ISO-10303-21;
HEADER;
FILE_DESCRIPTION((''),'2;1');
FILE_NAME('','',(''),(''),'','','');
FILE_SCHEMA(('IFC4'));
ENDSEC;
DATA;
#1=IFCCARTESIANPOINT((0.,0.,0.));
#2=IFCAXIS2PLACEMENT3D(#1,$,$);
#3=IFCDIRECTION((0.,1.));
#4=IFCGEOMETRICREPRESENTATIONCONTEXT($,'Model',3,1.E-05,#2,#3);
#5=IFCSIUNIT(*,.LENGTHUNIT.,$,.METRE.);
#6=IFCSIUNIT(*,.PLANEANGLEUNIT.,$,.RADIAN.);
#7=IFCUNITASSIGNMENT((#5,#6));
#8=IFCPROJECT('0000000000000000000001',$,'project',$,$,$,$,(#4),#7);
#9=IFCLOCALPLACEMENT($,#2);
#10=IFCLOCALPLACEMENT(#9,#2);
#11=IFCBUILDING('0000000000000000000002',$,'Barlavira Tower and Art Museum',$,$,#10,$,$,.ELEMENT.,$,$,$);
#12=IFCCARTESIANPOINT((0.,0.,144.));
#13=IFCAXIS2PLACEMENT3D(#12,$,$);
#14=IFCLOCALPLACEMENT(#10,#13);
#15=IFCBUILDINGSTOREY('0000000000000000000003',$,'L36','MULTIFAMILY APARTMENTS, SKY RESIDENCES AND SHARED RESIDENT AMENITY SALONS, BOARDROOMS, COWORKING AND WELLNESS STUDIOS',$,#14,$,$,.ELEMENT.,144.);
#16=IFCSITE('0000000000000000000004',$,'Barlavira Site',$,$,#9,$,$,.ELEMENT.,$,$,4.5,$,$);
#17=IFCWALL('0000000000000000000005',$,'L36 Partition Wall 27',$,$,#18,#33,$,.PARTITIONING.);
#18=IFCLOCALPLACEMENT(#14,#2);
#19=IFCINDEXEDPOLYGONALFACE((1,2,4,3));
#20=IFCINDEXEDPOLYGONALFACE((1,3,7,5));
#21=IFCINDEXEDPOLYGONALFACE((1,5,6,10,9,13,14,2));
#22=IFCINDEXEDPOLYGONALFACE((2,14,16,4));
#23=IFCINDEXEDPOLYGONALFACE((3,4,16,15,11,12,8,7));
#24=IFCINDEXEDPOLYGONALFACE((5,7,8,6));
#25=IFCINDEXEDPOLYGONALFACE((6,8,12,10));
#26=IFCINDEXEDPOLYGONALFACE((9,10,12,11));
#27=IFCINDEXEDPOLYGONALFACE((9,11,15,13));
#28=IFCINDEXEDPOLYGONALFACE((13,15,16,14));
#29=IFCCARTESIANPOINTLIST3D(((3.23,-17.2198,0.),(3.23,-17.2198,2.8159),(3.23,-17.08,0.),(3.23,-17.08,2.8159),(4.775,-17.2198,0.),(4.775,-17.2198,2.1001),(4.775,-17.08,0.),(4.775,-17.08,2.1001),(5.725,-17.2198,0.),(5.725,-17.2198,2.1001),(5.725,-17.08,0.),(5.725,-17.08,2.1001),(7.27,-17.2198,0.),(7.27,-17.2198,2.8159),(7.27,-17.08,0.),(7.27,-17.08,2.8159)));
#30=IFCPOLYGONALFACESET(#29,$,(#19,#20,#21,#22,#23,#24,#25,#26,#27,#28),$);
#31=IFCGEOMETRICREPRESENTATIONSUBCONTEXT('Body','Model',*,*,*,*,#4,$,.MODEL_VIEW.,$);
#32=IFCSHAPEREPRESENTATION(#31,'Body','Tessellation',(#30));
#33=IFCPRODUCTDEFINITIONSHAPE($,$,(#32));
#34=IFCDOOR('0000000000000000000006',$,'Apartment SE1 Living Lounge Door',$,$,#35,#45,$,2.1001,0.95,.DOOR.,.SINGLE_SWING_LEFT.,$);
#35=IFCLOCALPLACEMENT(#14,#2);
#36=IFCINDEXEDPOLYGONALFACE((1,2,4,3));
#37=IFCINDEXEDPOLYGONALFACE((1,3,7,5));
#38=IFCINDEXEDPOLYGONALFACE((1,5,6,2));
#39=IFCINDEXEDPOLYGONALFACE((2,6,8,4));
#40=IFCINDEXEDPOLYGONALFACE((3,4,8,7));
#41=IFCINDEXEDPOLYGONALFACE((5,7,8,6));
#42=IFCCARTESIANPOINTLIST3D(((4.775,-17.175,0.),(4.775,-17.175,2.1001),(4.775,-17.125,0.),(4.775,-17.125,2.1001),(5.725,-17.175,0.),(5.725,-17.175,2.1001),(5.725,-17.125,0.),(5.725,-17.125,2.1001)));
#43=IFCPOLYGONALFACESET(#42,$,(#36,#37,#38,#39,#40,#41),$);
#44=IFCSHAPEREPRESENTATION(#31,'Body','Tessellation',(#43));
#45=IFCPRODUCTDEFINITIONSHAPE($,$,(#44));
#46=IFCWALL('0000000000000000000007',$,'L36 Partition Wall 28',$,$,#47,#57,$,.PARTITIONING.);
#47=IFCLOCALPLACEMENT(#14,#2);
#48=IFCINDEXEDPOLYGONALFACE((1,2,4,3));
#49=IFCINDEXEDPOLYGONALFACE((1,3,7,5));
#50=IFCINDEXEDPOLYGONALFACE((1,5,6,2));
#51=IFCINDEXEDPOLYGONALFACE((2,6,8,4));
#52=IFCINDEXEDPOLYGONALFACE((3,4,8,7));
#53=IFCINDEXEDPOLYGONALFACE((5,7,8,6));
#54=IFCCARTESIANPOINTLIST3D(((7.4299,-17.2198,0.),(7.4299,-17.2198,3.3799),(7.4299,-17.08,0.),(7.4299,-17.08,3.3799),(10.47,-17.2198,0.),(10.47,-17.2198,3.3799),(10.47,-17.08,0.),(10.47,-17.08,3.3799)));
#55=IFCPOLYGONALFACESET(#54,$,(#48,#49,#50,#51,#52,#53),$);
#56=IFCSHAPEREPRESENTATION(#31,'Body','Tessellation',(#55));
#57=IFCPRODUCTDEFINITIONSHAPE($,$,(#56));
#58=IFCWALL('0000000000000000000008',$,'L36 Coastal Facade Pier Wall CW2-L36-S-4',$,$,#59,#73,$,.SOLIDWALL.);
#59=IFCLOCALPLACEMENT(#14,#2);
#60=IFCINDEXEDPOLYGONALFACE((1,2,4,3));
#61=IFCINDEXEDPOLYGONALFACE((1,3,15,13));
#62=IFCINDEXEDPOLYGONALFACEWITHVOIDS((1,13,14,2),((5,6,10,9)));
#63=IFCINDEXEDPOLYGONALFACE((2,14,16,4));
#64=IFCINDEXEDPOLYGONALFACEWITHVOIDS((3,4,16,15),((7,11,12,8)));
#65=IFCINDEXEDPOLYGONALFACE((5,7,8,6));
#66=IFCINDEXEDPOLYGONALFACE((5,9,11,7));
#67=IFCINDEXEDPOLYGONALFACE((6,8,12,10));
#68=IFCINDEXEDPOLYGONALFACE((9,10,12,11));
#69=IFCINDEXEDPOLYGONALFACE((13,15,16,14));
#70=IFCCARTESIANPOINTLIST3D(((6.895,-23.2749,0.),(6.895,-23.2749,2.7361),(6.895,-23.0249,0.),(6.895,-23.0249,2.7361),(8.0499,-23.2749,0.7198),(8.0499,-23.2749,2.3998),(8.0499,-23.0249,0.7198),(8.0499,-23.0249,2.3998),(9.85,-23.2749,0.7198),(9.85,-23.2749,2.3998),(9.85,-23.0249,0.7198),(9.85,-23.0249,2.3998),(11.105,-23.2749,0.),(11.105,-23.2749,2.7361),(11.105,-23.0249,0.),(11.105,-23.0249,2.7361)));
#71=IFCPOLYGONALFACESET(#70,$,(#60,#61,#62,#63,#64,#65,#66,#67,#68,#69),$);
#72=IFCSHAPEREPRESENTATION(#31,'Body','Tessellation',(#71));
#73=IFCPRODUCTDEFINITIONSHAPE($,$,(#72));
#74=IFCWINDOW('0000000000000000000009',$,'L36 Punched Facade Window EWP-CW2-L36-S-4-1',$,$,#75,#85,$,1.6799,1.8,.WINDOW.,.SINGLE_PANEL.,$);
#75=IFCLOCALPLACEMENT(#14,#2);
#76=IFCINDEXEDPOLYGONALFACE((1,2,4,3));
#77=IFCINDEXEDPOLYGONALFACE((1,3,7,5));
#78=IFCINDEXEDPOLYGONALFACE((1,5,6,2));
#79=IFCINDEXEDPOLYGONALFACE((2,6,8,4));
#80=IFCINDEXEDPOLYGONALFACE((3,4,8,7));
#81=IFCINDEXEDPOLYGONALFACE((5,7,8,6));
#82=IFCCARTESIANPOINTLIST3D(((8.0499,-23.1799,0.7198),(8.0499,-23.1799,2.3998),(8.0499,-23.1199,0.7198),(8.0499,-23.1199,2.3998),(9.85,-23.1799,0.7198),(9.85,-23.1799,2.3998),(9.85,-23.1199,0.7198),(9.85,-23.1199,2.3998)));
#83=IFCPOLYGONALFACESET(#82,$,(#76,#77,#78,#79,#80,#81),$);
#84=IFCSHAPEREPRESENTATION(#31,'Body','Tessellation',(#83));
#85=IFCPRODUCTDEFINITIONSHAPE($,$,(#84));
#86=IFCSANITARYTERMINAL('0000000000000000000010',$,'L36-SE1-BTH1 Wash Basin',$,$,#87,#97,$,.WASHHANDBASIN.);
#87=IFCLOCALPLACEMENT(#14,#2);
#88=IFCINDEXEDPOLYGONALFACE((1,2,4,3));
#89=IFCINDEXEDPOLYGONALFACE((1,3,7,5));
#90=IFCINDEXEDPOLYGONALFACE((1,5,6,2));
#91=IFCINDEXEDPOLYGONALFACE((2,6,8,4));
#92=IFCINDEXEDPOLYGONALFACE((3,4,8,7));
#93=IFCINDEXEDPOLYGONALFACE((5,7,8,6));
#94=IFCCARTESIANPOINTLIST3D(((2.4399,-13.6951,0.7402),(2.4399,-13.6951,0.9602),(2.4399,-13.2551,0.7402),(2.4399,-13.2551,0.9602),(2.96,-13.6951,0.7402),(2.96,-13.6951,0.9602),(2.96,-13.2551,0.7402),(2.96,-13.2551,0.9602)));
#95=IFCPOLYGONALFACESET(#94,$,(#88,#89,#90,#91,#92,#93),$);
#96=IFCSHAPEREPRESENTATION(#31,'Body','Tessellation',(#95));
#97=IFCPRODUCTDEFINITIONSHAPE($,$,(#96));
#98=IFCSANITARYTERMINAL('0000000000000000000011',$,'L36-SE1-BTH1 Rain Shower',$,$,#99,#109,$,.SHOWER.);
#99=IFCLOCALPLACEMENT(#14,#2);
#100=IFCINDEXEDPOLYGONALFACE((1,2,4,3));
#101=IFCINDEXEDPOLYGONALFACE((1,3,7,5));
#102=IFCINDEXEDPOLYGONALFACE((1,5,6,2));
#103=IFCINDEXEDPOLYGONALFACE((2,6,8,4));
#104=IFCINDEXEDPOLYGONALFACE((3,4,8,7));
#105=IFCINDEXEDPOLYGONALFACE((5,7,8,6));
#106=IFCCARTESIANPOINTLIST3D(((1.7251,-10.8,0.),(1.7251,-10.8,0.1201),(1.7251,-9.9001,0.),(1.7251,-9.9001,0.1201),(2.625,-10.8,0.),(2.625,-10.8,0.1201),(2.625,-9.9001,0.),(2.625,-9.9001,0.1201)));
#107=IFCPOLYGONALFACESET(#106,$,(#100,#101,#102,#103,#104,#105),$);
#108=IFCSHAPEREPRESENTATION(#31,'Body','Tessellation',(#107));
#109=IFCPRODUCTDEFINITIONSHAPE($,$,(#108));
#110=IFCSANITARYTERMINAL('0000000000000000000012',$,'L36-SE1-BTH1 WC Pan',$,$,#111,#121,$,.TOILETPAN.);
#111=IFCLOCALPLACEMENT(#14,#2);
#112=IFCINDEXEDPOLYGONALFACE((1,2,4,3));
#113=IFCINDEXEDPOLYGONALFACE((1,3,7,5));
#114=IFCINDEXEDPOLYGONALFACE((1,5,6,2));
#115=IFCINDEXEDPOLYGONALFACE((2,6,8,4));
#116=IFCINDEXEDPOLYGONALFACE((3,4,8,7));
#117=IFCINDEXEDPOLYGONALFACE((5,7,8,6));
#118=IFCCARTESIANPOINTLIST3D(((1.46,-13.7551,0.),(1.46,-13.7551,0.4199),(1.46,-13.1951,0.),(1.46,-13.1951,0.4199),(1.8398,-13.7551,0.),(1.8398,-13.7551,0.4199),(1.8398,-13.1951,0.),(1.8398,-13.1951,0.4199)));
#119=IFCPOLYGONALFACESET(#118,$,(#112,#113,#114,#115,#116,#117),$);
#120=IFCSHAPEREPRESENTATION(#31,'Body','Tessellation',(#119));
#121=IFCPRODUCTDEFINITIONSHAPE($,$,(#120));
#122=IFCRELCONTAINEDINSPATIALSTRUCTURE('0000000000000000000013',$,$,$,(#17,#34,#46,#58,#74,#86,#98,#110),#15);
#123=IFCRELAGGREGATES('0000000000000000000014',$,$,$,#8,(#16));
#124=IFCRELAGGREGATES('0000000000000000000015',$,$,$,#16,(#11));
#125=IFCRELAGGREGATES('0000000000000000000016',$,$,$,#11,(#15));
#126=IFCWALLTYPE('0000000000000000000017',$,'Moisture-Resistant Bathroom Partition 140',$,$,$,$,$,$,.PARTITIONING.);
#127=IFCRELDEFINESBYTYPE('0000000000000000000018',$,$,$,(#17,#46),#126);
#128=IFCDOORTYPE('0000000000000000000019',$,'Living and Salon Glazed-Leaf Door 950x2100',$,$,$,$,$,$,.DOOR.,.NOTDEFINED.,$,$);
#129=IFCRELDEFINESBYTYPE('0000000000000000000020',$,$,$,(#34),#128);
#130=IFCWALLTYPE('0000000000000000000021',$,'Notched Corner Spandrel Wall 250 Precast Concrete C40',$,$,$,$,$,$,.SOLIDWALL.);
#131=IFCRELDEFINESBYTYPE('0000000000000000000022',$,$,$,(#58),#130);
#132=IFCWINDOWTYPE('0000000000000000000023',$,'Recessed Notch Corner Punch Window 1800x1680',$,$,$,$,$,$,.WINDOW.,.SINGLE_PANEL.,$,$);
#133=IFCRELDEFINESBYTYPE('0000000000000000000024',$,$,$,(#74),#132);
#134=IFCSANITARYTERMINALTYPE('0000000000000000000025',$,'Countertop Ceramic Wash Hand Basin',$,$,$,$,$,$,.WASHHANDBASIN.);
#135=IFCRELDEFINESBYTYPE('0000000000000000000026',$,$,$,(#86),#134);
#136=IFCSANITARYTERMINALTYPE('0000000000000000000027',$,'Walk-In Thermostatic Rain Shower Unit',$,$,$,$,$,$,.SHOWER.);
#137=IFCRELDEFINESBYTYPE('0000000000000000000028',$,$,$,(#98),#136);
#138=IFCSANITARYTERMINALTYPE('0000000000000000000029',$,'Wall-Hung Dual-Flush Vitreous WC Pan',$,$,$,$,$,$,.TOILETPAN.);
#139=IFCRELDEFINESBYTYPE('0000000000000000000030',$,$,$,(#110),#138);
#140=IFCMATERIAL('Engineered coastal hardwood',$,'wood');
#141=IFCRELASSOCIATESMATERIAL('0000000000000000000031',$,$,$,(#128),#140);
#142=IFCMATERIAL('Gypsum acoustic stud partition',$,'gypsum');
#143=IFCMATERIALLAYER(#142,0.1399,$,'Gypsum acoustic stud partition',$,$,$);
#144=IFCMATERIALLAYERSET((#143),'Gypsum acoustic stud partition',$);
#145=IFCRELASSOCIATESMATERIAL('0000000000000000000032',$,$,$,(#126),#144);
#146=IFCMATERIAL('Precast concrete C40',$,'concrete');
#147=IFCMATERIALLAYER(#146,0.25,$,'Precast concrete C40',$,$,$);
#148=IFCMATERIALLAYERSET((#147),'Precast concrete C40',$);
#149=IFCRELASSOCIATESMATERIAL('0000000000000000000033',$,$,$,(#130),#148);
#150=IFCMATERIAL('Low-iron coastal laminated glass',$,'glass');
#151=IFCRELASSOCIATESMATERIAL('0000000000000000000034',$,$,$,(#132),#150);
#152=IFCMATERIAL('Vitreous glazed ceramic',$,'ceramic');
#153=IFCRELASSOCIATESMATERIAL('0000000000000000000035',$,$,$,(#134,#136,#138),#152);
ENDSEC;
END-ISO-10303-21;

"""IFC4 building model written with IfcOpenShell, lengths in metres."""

from ifc_helpers import new_model, si_unit, direction, frame, frame_2d, origin, origin_2d, place, context, subcontext, project, spatial, rectangle, extrude, material, layer, layer_set, type_object, element, fill, save


model = new_model("IFC4")

# Units and contexts
model_context = context("Model", 3, precision=1e-05, world=origin(), true_north=direction((0.0, 1.0)))
body_context = subcontext(model_context, "Body", "Model", "MODEL_VIEW")
ifc_project = project(units=[si_unit("LENGTHUNIT", "METRE"), si_unit("PLANEANGLEUNIT", "RADIAN")], contexts=[model_context])

# Site, building, storey
site_placement = place(None, origin())
site = spatial("IfcSite", under=ifc_project, at=site_placement, Name="Barlavira Site", CompositionType="ELEMENT", RefElevation=4.5)
building_placement = place(site_placement, origin())
building = spatial("IfcBuilding", under=site, at=building_placement, Name="Barlavira Tower and Art Museum", CompositionType="ELEMENT")
storey_placement = place(building_placement, frame((0.0, 0.0, 144.0)))
storey = spatial("IfcBuildingStorey", under=building, at=storey_placement, Name="L36", Description="MULTIFAMILY APARTMENTS, SKY RESIDENCES AND SHARED RESIDENT AMENITY SALONS, BOARDROOMS, COWORKING AND WELLNESS STUDIOS", CompositionType="ELEMENT", Elevation=144.0)

# Shared definitions
ifc_material_1 = material(Name="Low-iron coastal laminated glass", Category="glass")

# Shared definitions
ifc_material_2 = material(Name="Gypsum acoustic stud partition", Category="gypsum")
ifc_material_3 = material(Name="Engineered coastal hardwood", Category="wood")
door_type_1 = type_object("IfcDoorType", Name="Living and Salon Glazed-Leaf Door 950x2100", OperationType="NOTDEFINED", PredefinedType="DOOR", material=ifc_material_3)

# Shared definitions
ifc_layer_1 = layer(ifc_material_2, 0.1399, Name="Gypsum acoustic stud partition")
ifc_layer_set_1 = layer_set([ifc_layer_1], Name="Gypsum acoustic stud partition")
wall_type_1 = type_object("IfcWallType", Name="Moisture-Resistant Bathroom Partition 140", PredefinedType="PARTITIONING", material=ifc_layer_set_1)

# Wall, opening, door
wall_1_placement = place(storey_placement, frame((3.23, -17.1499, 0.0), z_axis=(0.0, 0.0, 1.0), x_axis=(1.0, 0.0, 0.0)))
wall_1 = element("IfcWall", 1, at=wall_1_placement, inside=storey, type_object=wall_type_1, Name="L36 Partition Wall 27", PredefinedType="PARTITIONING", context=body_context, shape_type="SweptSolid", body=[
    extrude(rectangle(XDim=4.04, YDim=0.1399, at=frame_2d((2.02, 0.0))), origin(), (0.0, 0.0, 1.0), 2.8159),
])
opening_1_placement = place(wall_1_placement, frame((1.5449, 0.0, 0.0)))
opening_1 = element("IfcOpeningElement", 2, at=opening_1_placement, cuts=wall_1, PredefinedType="OPENING", context=body_context, shape_type="SweptSolid", body=[
    extrude(rectangle(XDim=0.95, YDim=2.1001, at=frame_2d((0.4751, 1.05))), frame((0.0, 0.0801, 0.0), z_axis=(0.0, -1.0, 0.0), x_axis=(1.0, 0.0, 0.0)), (0.0, 0.0, 1.0), 0.1599),
])
door_1_placement = place(opening_1_placement, origin())
door_1 = element("IfcDoor", 3, at=door_1_placement, inside=storey, type_object=door_type_1, Name="Apartment SE1 Living Lounge Door", OperationType="SINGLE_SWING_LEFT", OverallHeight=2.1001, OverallWidth=0.95, PredefinedType="DOOR", context=body_context, shape_type="SweptSolid", body=[
    extrude(rectangle(XDim=0.95, YDim=2.1001, at=frame_2d((0.4751, 1.05))), frame((0.0, 0.0249, 0.0), z_axis=(0.0, -1.0, 0.0), x_axis=(1.0, 0.0, 0.0)), (0.0, 0.0, 1.0), 0.05),
])
fill(opening_1, door_1)

# Wall
wall_2_placement = place(storey_placement, frame((7.4299, -17.1499, 0.0), z_axis=(0.0, 0.0, 1.0), x_axis=(1.0, 0.0, 0.0)))
element("IfcWall", 4, at=wall_2_placement, inside=storey, type_object=wall_type_1, Name="L36 Partition Wall 28", PredefinedType="PARTITIONING", context=body_context, shape_type="SweptSolid", body=[
    extrude(rectangle(XDim=3.04, YDim=0.1399, at=frame_2d((1.52, 0.0))), origin(), (0.0, 0.0, 1.0), 3.3799),
])

# Wall, opening, window
ifc_material_4 = material(Name="Precast concrete C40", Category="concrete")
ifc_layer_2 = layer(ifc_material_4, 0.25, Name="Precast concrete C40")
ifc_layer_set_2 = layer_set([ifc_layer_2], Name="Precast concrete C40")
wall_type_2 = type_object("IfcWallType", Name="Notched Corner Spandrel Wall 250 Precast Concrete C40", PredefinedType="SOLIDWALL", material=ifc_layer_set_2)
wall_3_placement = place(storey_placement, frame((6.895, -23.1499, 0.0), z_axis=(0.0, 0.0, 1.0), x_axis=(1.0, 0.0, 0.0)))
wall_3 = element("IfcWall", 5, at=wall_3_placement, inside=storey, type_object=wall_type_2, Name="L36 Coastal Facade Pier Wall CW2-L36-S-4", PredefinedType="SOLIDWALL", context=body_context, shape_type="SweptSolid", body=[
    extrude(rectangle(XDim=4.21, YDim=0.25, at=frame_2d((2.105, 0.0))), origin(), (0.0, 0.0, 1.0), 2.7361),
])
opening_2_placement = place(wall_3_placement, frame((1.155, 0.0, 0.72)))
opening_2 = element("IfcOpeningElement", 6, at=opening_2_placement, cuts=wall_3, PredefinedType="OPENING", context=body_context, shape_type="SweptSolid", body=[
    extrude(rectangle(XDim=1.8, YDim=1.6799, at=frame_2d((0.8999, 0.8398))), frame((0.0, 0.135, 0.0), z_axis=(0.0, -1.0, 0.0), x_axis=(1.0, 0.0, 0.0)), (0.0, 0.0, 1.0), 0.27),
])
window_type = type_object("IfcWindowType", Name="Recessed Notch Corner Punch Window 1800x1680", PartitioningType="SINGLE_PANEL", PredefinedType="WINDOW", material=ifc_material_1)
window_placement = place(opening_2_placement, origin())
window = element("IfcWindow", 7, at=window_placement, inside=storey, type_object=window_type, Name="L36 Punched Facade Window EWP-CW2-L36-S-4-1", OverallHeight=1.6799, OverallWidth=1.8, PartitioningType="SINGLE_PANEL", PredefinedType="WINDOW", context=body_context, shape_type="SweptSolid", body=[
    extrude(rectangle(XDim=1.8, YDim=1.6799, at=frame_2d((0.8999, 0.8398))), frame((0.0, 0.03, 0.0), z_axis=(0.0, -1.0, 0.0), x_axis=(1.0, 0.0, 0.0)), (0.0, 0.0, 1.0), 0.0601),
])
fill(opening_2, window)

# Sanitary terminals
ifc_material_5 = material(Name="Vitreous glazed ceramic", Category="ceramic")
sanitary_terminal_type_1 = type_object("IfcSanitaryTerminalType", Name="Countertop Ceramic Wash Hand Basin", PredefinedType="WASHHANDBASIN", material=ifc_material_5)
sanitary_terminal_1_placement = place(storey_placement, frame((2.7, -13.4751, 0.7402), z_axis=(0.0, 0.0, 1.0), x_axis=(1.0, 0.0, 0.0)))
element("IfcSanitaryTerminal", 8, at=sanitary_terminal_1_placement, inside=storey, type_object=sanitary_terminal_type_1, Name="L36-SE1-BTH1 Wash Basin", PredefinedType="WASHHANDBASIN", context=body_context, shape_type="SweptSolid", body=[
    extrude(rectangle(XDim=0.52, YDim=0.4399, at=origin_2d()), origin(), (0.0, 0.0, 1.0), 0.22),
])
sanitary_terminal_type_2 = type_object("IfcSanitaryTerminalType", Name="Walk-In Thermostatic Rain Shower Unit", PredefinedType="SHOWER", material=ifc_material_5)
sanitary_terminal_2_placement = place(storey_placement, frame((2.175, -10.3501, 0.0), z_axis=(0.0, 0.0, 1.0), x_axis=(1.0, 0.0, 0.0)))
element("IfcSanitaryTerminal", 9, at=sanitary_terminal_2_placement, inside=storey, type_object=sanitary_terminal_type_2, Name="L36-SE1-BTH1 Rain Shower", PredefinedType="SHOWER", context=body_context, shape_type="SweptSolid", body=[
    extrude(rectangle(XDim=0.8999, YDim=0.8999, at=origin_2d()), origin(), (0.0, 0.0, 1.0), 0.1201),
])
sanitary_terminal_type_3 = type_object("IfcSanitaryTerminalType", Name="Wall-Hung Dual-Flush Vitreous WC Pan", PredefinedType="TOILETPAN", material=ifc_material_5)
sanitary_terminal_3_placement = place(storey_placement, frame((1.6499, -13.4751, 0.0), z_axis=(0.0, 0.0, 1.0), x_axis=(1.0, 0.0, 0.0)))
element("IfcSanitaryTerminal", 10, at=sanitary_terminal_3_placement, inside=storey, type_object=sanitary_terminal_type_3, Name="L36-SE1-BTH1 WC Pan", PredefinedType="TOILETPAN", context=body_context, shape_type="SweptSolid", body=[
    extrude(rectangle(XDim=0.3799, YDim=0.5601, at=origin_2d()), origin(), (0.0, 0.0, 1.0), 0.4199),
])

save(model, "model.ifc")
